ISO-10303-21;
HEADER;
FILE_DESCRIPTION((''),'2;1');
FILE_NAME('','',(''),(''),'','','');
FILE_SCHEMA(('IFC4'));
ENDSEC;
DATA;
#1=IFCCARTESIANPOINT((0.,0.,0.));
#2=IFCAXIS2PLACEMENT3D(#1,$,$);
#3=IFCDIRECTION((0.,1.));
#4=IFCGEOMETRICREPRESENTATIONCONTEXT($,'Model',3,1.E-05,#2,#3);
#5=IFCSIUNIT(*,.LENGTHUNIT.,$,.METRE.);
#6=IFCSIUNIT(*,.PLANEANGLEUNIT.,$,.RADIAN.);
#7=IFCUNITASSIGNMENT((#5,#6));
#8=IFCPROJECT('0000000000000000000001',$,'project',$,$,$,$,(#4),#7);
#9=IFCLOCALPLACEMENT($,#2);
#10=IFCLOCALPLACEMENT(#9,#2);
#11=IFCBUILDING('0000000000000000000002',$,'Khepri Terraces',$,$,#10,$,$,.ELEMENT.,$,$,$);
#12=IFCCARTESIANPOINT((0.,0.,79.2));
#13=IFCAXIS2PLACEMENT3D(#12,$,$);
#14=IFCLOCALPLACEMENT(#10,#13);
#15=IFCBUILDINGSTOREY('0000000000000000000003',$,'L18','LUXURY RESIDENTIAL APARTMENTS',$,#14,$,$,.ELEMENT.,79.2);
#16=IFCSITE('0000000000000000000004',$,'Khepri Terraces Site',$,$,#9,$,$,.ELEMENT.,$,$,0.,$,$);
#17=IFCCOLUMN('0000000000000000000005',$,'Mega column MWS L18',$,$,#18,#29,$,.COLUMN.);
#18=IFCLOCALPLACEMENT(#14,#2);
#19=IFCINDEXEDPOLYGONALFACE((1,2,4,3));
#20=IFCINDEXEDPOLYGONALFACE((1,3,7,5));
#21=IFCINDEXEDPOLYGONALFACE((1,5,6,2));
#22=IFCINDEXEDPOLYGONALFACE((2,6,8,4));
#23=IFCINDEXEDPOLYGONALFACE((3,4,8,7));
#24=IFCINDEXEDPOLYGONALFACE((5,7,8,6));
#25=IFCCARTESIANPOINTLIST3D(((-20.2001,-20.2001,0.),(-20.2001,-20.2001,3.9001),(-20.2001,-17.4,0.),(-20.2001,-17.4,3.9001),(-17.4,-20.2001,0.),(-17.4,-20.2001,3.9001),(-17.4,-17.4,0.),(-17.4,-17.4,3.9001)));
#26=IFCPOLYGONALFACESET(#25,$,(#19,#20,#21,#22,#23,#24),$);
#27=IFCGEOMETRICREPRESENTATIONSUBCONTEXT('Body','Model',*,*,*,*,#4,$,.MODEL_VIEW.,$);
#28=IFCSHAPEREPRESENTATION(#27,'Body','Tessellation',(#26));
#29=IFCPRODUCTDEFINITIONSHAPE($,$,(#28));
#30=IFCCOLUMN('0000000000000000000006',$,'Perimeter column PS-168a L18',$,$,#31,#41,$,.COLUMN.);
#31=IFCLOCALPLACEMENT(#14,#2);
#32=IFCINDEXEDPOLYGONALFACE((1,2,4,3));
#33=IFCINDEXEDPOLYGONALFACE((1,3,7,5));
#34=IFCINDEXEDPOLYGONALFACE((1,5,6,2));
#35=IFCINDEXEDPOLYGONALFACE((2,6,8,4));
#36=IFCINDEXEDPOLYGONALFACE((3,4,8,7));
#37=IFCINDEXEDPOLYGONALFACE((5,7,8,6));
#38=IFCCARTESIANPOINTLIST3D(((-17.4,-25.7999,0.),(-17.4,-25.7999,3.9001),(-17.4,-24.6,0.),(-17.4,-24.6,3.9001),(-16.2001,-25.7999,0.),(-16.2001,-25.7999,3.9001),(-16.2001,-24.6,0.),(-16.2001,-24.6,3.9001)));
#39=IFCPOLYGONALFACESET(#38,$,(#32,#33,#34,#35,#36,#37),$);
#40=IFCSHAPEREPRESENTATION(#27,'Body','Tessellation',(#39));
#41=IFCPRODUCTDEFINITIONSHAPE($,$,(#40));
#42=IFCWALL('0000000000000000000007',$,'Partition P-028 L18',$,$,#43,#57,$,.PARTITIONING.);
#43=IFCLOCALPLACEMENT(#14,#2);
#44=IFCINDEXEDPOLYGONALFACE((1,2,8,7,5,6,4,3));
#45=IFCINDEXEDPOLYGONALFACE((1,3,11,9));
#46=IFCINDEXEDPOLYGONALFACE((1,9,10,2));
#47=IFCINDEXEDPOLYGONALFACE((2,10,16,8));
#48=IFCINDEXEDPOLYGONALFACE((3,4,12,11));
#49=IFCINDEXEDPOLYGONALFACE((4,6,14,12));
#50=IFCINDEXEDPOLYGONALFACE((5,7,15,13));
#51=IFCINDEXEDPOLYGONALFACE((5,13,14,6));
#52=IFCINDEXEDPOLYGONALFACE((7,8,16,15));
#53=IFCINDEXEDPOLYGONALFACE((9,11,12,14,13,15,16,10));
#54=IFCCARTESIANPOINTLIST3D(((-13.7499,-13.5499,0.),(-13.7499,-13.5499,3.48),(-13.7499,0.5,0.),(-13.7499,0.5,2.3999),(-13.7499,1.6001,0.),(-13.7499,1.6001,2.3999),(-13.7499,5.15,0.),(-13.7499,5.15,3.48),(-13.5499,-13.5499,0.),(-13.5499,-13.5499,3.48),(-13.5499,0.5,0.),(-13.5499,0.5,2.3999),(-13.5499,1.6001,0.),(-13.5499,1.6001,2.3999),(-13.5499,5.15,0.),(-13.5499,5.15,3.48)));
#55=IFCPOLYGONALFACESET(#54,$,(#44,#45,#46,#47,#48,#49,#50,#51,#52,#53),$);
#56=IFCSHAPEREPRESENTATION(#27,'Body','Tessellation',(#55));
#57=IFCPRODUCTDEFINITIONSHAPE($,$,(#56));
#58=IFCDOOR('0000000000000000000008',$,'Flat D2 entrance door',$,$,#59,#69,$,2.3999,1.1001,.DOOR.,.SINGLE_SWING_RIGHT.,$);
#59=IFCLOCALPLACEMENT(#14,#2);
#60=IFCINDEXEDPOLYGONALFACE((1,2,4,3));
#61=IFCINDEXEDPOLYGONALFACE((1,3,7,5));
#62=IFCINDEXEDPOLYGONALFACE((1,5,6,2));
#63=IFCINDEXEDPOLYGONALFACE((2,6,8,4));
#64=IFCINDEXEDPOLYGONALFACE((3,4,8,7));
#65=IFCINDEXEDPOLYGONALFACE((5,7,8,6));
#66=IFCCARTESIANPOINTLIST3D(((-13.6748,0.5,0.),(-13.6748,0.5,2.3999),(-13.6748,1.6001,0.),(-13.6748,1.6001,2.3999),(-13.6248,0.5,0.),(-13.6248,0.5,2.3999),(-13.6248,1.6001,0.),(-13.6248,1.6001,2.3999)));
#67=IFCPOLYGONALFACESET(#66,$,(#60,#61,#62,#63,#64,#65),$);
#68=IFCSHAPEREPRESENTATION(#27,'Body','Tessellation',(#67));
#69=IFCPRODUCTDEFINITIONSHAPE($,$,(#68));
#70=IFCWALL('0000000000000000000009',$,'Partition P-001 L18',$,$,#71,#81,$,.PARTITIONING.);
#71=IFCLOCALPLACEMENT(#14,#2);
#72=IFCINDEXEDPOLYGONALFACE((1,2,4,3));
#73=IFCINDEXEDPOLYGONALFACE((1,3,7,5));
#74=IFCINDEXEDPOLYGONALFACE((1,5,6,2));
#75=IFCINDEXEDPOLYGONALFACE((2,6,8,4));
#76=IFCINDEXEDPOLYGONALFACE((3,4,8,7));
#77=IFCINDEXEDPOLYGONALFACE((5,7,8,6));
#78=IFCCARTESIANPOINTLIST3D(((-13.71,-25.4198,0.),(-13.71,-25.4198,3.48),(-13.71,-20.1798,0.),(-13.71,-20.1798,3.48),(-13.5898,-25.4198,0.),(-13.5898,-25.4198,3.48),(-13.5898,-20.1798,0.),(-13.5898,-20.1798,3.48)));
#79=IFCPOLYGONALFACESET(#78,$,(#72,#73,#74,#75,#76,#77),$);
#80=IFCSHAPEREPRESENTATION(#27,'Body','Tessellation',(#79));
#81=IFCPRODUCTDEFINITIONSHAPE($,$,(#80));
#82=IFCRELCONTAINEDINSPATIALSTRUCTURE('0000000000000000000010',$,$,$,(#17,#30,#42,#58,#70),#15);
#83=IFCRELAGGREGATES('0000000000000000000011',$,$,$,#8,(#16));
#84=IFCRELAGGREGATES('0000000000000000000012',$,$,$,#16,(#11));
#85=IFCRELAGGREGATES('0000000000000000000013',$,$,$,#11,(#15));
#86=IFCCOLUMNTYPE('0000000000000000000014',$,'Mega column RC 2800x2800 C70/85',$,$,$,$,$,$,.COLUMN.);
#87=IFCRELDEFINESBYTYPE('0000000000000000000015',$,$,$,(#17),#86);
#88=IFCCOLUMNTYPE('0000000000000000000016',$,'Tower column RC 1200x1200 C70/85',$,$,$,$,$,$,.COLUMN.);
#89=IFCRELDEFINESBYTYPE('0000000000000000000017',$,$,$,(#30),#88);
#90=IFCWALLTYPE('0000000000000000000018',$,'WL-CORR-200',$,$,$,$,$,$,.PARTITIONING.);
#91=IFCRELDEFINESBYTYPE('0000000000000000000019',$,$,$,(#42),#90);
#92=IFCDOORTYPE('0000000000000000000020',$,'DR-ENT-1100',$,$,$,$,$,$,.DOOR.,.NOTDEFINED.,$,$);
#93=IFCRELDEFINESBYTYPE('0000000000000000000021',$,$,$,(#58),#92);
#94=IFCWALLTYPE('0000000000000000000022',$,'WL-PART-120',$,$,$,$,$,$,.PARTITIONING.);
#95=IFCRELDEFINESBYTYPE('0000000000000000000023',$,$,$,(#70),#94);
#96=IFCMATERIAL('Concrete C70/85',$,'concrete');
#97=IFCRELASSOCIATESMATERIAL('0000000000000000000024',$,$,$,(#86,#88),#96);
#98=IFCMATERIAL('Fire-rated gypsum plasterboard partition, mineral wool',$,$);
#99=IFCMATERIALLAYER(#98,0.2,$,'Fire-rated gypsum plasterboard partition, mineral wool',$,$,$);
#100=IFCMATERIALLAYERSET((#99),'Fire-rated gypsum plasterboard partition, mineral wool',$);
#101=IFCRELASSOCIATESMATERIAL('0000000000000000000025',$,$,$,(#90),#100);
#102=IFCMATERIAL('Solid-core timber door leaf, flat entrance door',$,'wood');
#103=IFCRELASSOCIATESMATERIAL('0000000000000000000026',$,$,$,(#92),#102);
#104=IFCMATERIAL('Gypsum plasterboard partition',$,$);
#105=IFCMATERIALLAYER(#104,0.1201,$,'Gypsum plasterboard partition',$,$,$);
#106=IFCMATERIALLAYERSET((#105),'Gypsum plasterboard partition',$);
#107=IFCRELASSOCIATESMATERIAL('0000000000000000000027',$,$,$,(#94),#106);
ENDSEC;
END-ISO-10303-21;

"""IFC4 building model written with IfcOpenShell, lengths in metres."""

from ifc_helpers import new_model, si_unit, direction, frame, frame_2d, origin, origin_2d, place, context, subcontext, project, spatial, rectangle, extrude, material, layer, layer_set, material_profile, profile_set, type_object, element, fill, save


model = new_model("IFC4")

# Units and contexts
model_context = context("Model", 3, precision=1e-05, world=origin(), true_north=direction((0.0, 1.0)))
body_context = subcontext(model_context, "Body", "Model", "MODEL_VIEW")
ifc_project = project(units=[si_unit("LENGTHUNIT", "METRE"), si_unit("PLANEANGLEUNIT", "RADIAN")], contexts=[model_context])

# Site, building, storey
site_placement = place(None, origin())
site = spatial("IfcSite", under=ifc_project, at=site_placement, Name="Khepri Terraces Site", CompositionType="ELEMENT", RefElevation=0.0)
building_placement = place(site_placement, origin())
building = spatial("IfcBuilding", under=site, at=building_placement, Name="Khepri Terraces", CompositionType="ELEMENT")
storey_placement = place(building_placement, frame((0.0, 0.0, 79.2)))
storey = spatial("IfcBuildingStorey", under=building, at=storey_placement, Name="L18", Description="LUXURY RESIDENTIAL APARTMENTS", CompositionType="ELEMENT", Elevation=79.2)

# Columns
ifc_material_1 = material(Name="Concrete C70/85", Category="concrete")
ifc_material_profile_1 = material_profile(ifc_material_1, rectangle(XDim=2.8, YDim=2.8, at=origin_2d()), Name="Concrete C70/85", Category="concrete")
ifc_profile_set_1 = profile_set([ifc_material_profile_1], Name="Concrete C70/85")
column_type_1 = type_object("IfcColumnType", Name="Mega column RC 2800x2800 C70/85", PredefinedType="COLUMN", material=ifc_profile_set_1)
column_1_placement = place(storey_placement, frame((-18.8, -18.8, 0.0), z_axis=(0.0, 0.0, 1.0), x_axis=(1.0, 0.0, 0.0)))
element("IfcColumn", 1, at=column_1_placement, inside=storey, type_object=column_type_1, Name="Mega column MWS L18", PredefinedType="COLUMN", context=body_context, shape_type="SweptSolid", body=[
    extrude(rectangle(XDim=2.8, YDim=2.8, at=origin_2d()), origin(), (0.0, 0.0, 1.0), 3.9001),
])
ifc_material_profile_2 = material_profile(ifc_material_1, rectangle(XDim=1.2, YDim=1.2, at=origin_2d()), Name="Concrete C70/85", Category="concrete")
ifc_profile_set_2 = profile_set([ifc_material_profile_2], Name="Concrete C70/85")
column_type_2 = type_object("IfcColumnType", Name="Tower column RC 1200x1200 C70/85", PredefinedType="COLUMN", material=ifc_profile_set_2)
column_2_placement = place(storey_placement, frame((-16.8, -25.2, 0.0), z_axis=(0.0, 0.0, 1.0), x_axis=(1.0, 0.0, 0.0)))
element("IfcColumn", 2, at=column_2_placement, inside=storey, type_object=column_type_2, Name="Perimeter column PS-168a L18", PredefinedType="COLUMN", context=body_context, shape_type="SweptSolid", body=[
    extrude(rectangle(XDim=1.2, YDim=1.2, at=origin_2d()), origin(), (0.0, 0.0, 1.0), 3.9001),
])

# Wall, opening, door
ifc_material_2 = material(Name="Fire-rated gypsum plasterboard partition, mineral wool")
ifc_layer_1 = layer(ifc_material_2, 0.2, Name="Fire-rated gypsum plasterboard partition, mineral wool")
ifc_layer_set_1 = layer_set([ifc_layer_1], Name="Fire-rated gypsum plasterboard partition, mineral wool")
wall_type_1 = type_object("IfcWallType", Name="WL-CORR-200", PredefinedType="PARTITIONING", material=ifc_layer_set_1)
wall_1_placement = place(storey_placement, frame((-13.6499, -13.55, 0.0), z_axis=(0.0, 0.0, 1.0), x_axis=(0.0, 1.0, 0.0)))
wall_1 = element("IfcWall", 3, at=wall_1_placement, inside=storey, type_object=wall_type_1, Name="Partition P-028 L18", PredefinedType="PARTITIONING", context=body_context, shape_type="SweptSolid", body=[
    extrude(rectangle(XDim=18.7, YDim=0.2, at=frame_2d((9.3501, 0.0))), origin(), (0.0, 0.0, 1.0), 3.48),
])
opening_1_placement = place(wall_1_placement, frame((14.05, 0.0, 0.0)))
opening_1 = element("IfcOpeningElement", 4, at=opening_1_placement, cuts=wall_1, PredefinedType="OPENING", context=body_context, shape_type="SweptSolid", body=[
    extrude(rectangle(XDim=1.1001, YDim=2.3999, at=frame_2d((0.55, 1.2))), frame((0.0, 0.1099, 0.0), z_axis=(0.0, -1.0, 0.0), x_axis=(1.0, 0.0, 0.0)), (0.0, 0.0, 1.0), 0.22),
])
ifc_material_3 = material(Name="Solid-core timber door leaf, flat entrance door", Category="wood")
door_type_1 = type_object("IfcDoorType", Name="DR-ENT-1100", OperationType="NOTDEFINED", PredefinedType="DOOR", material=ifc_material_3)
door_1_placement = place(opening_1_placement, origin())
door_1 = element("IfcDoor", 5, at=door_1_placement, inside=storey, type_object=door_type_1, Name="Flat D2 entrance door", OperationType="SINGLE_SWING_RIGHT", OverallHeight=2.3999, OverallWidth=1.1001, PredefinedType="DOOR", context=body_context, shape_type="SweptSolid", body=[
    extrude(rectangle(XDim=1.1001, YDim=2.3999, at=frame_2d((0.55, 1.2))), frame((0.0, 0.0249, 0.0), z_axis=(0.0, -1.0, 0.0), x_axis=(1.0, 0.0, 0.0)), (0.0, 0.0, 1.0), 0.05),
])
fill(opening_1, door_1)

# Wall
ifc_material_4 = material(Name="Gypsum plasterboard partition")
ifc_layer_2 = layer(ifc_material_4, 0.1201, Name="Gypsum plasterboard partition")
ifc_layer_set_2 = layer_set([ifc_layer_2], Name="Gypsum plasterboard partition")
wall_type_2 = type_object("IfcWallType", Name="WL-PART-120", PredefinedType="PARTITIONING", material=ifc_layer_set_2)
wall_2_placement = place(storey_placement, frame((-13.6499, -25.4199, 0.0), z_axis=(0.0, 0.0, 1.0), x_axis=(0.0, 1.0, 0.0)))
element("IfcWall", 6, at=wall_2_placement, inside=storey, type_object=wall_type_2, Name="Partition P-001 L18", PredefinedType="PARTITIONING", context=body_context, shape_type="SweptSolid", body=[
    extrude(rectangle(XDim=5.24, YDim=0.1201, at=frame_2d((2.6201, 0.0))), origin(), (0.0, 0.0, 1.0), 3.48),
])

save(model, "model.ifc")
